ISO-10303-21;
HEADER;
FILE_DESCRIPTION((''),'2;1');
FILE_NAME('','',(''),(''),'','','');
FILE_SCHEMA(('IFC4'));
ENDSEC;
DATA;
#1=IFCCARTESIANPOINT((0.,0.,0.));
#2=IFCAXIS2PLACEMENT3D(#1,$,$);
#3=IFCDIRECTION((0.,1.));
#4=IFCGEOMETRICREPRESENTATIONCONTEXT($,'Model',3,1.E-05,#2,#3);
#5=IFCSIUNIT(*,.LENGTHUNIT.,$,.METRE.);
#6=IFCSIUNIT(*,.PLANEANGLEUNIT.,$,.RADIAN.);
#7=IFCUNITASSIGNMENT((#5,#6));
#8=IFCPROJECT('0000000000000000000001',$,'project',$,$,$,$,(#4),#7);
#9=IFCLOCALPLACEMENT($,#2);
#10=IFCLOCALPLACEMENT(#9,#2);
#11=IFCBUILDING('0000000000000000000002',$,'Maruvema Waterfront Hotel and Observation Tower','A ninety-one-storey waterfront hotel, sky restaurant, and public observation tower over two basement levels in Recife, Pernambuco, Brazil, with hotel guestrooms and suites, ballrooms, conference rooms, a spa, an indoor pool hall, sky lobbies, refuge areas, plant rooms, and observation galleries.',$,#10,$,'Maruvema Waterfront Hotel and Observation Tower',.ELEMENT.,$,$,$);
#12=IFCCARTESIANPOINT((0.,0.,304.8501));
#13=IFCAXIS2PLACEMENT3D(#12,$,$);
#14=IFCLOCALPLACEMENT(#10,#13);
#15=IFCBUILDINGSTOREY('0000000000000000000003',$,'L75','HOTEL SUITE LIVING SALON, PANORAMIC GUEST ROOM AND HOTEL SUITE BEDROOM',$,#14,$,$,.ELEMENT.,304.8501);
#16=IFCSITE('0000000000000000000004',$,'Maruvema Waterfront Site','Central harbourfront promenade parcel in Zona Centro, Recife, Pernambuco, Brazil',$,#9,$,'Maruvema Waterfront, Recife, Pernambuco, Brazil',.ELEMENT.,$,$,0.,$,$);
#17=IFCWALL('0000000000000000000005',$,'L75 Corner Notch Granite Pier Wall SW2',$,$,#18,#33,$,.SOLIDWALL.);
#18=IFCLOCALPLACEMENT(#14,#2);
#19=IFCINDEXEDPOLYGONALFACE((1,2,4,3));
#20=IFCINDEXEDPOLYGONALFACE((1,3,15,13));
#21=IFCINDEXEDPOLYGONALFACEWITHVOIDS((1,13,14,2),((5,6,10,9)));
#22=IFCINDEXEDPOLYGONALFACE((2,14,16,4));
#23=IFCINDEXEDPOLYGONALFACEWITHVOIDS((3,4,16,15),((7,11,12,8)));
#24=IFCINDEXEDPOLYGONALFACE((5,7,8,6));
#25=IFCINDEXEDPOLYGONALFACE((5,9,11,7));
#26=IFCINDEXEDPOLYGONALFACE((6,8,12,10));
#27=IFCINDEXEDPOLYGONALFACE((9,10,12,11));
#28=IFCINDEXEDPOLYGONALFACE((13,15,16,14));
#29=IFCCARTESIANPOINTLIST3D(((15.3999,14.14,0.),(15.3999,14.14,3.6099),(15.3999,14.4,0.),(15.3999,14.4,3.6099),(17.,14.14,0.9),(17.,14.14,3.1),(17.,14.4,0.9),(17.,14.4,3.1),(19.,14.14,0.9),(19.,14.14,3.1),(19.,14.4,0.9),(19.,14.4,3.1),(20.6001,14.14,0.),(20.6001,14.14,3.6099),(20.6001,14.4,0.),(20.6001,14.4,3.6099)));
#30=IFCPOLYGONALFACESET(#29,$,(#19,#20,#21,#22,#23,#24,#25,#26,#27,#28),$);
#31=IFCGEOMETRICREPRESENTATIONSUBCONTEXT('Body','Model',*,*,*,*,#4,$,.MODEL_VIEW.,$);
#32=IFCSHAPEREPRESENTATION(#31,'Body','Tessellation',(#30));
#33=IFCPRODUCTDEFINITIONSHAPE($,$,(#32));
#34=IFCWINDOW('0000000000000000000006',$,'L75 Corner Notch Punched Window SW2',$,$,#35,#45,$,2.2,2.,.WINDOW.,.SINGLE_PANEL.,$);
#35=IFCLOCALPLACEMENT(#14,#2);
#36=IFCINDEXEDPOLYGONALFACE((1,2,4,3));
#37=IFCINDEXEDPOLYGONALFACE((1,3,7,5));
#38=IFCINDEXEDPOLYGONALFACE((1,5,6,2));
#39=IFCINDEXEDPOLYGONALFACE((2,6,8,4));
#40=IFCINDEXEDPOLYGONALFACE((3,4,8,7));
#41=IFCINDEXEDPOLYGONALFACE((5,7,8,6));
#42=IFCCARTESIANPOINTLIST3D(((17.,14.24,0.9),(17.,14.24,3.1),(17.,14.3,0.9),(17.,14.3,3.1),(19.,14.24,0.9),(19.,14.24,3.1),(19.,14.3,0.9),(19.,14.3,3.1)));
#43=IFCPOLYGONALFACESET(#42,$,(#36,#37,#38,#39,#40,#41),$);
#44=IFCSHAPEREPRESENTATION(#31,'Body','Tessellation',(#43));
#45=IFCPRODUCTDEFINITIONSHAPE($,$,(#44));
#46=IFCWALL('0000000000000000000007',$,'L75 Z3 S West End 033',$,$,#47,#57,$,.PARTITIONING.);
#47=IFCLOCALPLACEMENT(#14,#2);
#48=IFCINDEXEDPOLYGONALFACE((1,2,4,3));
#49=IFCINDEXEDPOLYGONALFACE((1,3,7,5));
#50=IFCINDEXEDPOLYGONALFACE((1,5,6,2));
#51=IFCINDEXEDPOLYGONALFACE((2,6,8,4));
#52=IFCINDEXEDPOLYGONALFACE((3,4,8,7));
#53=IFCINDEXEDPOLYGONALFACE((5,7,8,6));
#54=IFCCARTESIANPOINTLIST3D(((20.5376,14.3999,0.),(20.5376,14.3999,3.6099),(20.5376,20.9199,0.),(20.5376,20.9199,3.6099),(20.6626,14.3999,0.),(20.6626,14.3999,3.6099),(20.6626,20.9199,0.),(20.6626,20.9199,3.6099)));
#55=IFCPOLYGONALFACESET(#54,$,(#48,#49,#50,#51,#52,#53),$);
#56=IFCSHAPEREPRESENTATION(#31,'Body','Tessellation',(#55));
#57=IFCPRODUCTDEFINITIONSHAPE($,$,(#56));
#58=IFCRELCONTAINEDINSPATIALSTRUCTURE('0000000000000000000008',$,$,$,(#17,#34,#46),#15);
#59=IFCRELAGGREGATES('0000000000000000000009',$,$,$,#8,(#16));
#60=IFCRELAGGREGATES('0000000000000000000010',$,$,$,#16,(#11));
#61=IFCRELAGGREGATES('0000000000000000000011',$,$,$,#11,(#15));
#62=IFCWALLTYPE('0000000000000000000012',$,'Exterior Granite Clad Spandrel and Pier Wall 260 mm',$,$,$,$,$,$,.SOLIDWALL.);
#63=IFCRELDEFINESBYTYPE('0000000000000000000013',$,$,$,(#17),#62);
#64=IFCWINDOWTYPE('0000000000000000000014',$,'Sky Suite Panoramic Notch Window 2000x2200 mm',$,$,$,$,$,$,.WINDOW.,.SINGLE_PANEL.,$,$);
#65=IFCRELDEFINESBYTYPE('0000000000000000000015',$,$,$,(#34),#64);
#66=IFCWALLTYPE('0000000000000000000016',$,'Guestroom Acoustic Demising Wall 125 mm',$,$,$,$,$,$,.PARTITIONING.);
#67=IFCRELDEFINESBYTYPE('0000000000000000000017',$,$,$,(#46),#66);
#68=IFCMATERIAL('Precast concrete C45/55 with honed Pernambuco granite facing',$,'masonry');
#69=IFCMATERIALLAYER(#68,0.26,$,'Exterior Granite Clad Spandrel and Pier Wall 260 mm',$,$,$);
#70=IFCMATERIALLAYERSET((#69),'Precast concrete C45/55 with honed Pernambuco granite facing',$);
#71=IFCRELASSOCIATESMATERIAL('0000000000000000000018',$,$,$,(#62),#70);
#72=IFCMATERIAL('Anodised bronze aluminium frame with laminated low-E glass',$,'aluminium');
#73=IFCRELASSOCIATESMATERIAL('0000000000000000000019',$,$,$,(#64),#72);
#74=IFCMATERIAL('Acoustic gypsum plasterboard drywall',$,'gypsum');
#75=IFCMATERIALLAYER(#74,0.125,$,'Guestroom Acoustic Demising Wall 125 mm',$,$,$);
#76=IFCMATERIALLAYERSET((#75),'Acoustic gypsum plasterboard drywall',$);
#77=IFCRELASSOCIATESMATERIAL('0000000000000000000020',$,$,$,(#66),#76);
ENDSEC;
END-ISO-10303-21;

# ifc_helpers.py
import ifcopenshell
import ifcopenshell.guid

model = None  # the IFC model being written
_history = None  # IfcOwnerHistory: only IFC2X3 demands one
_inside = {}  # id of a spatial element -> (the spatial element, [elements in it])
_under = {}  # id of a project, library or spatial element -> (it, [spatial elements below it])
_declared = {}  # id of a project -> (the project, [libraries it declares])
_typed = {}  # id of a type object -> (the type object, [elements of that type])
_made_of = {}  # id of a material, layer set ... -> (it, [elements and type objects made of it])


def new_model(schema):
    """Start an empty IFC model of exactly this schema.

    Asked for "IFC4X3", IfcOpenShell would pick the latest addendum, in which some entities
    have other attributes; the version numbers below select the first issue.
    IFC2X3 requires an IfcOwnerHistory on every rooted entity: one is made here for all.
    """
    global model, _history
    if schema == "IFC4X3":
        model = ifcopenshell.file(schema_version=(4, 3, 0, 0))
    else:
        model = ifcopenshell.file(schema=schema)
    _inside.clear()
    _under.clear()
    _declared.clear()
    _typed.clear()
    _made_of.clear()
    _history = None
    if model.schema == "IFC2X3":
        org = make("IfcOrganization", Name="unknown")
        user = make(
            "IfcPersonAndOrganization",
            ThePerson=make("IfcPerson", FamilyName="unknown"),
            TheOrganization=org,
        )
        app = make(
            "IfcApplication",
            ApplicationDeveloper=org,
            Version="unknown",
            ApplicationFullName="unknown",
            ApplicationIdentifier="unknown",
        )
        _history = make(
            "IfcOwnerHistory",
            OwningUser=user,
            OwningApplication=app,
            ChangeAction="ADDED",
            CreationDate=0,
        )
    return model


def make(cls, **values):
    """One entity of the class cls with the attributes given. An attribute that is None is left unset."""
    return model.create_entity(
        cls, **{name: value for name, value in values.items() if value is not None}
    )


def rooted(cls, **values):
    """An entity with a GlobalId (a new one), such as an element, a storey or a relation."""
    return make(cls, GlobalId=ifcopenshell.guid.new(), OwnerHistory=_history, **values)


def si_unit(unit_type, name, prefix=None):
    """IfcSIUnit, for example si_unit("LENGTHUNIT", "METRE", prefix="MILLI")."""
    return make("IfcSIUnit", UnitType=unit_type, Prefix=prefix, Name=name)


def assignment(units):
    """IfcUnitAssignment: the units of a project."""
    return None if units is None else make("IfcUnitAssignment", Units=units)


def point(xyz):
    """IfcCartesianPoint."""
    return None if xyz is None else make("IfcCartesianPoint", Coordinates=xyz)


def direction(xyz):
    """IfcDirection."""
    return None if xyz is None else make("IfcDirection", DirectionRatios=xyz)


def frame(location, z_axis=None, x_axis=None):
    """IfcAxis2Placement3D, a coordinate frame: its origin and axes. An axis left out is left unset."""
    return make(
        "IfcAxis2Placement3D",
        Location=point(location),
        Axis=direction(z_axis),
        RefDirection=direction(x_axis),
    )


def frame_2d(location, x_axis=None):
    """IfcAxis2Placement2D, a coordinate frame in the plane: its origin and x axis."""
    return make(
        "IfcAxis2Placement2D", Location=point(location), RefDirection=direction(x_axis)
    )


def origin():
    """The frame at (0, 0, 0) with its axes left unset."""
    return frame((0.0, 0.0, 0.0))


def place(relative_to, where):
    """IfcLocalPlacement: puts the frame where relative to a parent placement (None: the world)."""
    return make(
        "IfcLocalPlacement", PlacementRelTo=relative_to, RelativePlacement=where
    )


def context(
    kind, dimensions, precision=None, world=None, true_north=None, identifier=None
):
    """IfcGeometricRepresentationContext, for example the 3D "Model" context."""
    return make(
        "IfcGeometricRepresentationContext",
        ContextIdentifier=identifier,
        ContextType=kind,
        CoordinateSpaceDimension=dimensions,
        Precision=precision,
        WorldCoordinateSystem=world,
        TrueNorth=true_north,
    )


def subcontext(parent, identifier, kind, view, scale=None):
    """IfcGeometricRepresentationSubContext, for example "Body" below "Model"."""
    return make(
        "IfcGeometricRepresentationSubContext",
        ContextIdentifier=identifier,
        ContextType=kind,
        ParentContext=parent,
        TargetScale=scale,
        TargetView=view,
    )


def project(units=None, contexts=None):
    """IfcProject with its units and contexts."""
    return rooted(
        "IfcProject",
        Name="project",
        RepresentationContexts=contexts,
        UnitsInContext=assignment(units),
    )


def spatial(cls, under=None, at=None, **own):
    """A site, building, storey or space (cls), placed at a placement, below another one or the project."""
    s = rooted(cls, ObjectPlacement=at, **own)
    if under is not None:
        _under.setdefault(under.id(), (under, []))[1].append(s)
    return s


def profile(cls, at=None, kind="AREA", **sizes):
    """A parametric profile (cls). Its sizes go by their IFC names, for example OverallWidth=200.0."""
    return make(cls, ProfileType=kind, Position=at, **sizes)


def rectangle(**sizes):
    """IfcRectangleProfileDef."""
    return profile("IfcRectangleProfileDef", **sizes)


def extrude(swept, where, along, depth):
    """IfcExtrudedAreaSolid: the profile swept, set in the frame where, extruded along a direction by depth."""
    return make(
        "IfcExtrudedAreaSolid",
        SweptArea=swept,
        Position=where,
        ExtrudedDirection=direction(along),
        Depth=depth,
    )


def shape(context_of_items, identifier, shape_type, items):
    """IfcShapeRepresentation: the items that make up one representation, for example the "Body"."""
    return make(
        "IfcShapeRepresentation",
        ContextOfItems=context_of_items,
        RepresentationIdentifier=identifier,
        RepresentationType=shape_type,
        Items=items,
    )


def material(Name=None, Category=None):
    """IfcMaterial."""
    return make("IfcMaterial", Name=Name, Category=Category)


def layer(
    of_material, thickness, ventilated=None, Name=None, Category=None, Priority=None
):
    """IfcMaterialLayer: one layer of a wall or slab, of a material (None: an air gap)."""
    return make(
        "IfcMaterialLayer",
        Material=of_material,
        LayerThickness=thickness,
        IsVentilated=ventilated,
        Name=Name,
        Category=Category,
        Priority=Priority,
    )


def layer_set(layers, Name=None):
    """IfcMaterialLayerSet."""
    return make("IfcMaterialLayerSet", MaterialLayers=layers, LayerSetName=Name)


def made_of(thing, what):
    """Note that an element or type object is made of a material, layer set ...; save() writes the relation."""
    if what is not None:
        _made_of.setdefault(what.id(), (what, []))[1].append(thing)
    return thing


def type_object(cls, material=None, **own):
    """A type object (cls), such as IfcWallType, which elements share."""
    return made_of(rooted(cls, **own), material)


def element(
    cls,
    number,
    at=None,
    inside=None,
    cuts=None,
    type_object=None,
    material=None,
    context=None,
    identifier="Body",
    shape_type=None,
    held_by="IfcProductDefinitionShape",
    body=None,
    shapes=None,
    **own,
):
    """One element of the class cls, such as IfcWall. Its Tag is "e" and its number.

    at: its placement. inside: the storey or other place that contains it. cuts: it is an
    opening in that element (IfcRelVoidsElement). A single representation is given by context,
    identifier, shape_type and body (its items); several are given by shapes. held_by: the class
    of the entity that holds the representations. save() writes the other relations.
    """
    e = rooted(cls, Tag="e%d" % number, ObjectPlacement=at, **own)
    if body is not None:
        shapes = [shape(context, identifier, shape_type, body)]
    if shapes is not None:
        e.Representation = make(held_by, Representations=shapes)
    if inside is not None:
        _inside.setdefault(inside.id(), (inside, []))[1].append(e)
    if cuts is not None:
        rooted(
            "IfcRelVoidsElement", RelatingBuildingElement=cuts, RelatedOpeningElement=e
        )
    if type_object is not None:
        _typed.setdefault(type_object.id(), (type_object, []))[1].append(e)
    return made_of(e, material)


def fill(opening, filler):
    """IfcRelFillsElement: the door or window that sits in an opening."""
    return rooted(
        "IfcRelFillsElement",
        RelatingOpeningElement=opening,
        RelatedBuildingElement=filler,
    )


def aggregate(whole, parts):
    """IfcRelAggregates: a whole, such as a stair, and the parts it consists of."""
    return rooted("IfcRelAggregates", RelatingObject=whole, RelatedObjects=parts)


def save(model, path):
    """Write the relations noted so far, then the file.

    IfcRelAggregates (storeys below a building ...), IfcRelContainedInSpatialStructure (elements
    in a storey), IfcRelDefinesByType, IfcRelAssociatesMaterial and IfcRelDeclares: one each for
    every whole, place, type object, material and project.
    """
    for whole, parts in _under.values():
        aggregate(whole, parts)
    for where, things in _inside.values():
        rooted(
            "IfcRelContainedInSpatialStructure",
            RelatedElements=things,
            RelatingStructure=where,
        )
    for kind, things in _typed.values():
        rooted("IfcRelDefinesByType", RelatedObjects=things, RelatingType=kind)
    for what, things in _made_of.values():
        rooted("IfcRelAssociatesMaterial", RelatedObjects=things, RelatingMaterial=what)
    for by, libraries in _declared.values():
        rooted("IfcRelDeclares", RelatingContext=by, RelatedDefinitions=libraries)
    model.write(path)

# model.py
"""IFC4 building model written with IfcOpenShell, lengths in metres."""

from ifc_helpers import new_model, si_unit, direction, frame, frame_2d, origin, place, context, subcontext, project, spatial, rectangle, extrude, material, layer, layer_set, type_object, element, fill, save


model = new_model("IFC4")

# Units and contexts
model_context = context("Model", 3, precision=1e-05, world=origin(), true_north=direction((0.0, 1.0)))
body_context = subcontext(model_context, "Body", "Model", "MODEL_VIEW")
ifc_project = project(units=[si_unit("LENGTHUNIT", "METRE"), si_unit("PLANEANGLEUNIT", "RADIAN")], contexts=[model_context])

# Site, building, storey
site_placement = place(None, origin())
site = spatial("IfcSite", under=ifc_project, at=site_placement, Name="Maruvema Waterfront Site", Description="Central harbourfront promenade parcel in Zona Centro, Recife, Pernambuco, Brazil", LongName="Maruvema Waterfront, Recife, Pernambuco, Brazil", CompositionType="ELEMENT", RefElevation=0.0)
building_placement = place(site_placement, origin())
building = spatial("IfcBuilding", under=site, at=building_placement, Name="Maruvema Waterfront Hotel and Observation Tower", Description="A ninety-one-storey waterfront hotel, sky restaurant, and public observation tower over two basement levels in Recife, Pernambuco, Brazil, with hotel guestrooms and suites, ballrooms, conference rooms, a spa, an indoor pool hall, sky lobbies, refuge areas, plant rooms, and observation galleries.", LongName="Maruvema Waterfront Hotel and Observation Tower", CompositionType="ELEMENT")
storey_placement = place(building_placement, frame((0.0, 0.0, 304.8501)))
storey = spatial("IfcBuildingStorey", under=building, at=storey_placement, Name="L75", Description="HOTEL SUITE LIVING SALON, PANORAMIC GUEST ROOM AND HOTEL SUITE BEDROOM", CompositionType="ELEMENT", Elevation=304.8501)

# Shared definitions
ifc_material_1 = material(Name="Precast concrete C45/55 with honed Pernambuco granite facing", Category="masonry")
ifc_layer_1 = layer(ifc_material_1, 0.26, Name="Exterior Granite Clad Spandrel and Pier Wall 260 mm")
ifc_layer_set_1 = layer_set([ifc_layer_1], Name="Precast concrete C45/55 with honed Pernambuco granite facing")
wall_type_1 = type_object("IfcWallType", Name="Exterior Granite Clad Spandrel and Pier Wall 260 mm", PredefinedType="SOLIDWALL", material=ifc_layer_set_1)

# Wall, opening, window
wall_1_placement = place(storey_placement, frame((20.6001, 14.27, 0.0), z_axis=(0.0, 0.0, 1.0), x_axis=(-1.0, 0.0, 0.0)))
wall_1 = element("IfcWall", 1, at=wall_1_placement, inside=storey, type_object=wall_type_1, Name="L75 Corner Notch Granite Pier Wall SW2", PredefinedType="SOLIDWALL", context=body_context, shape_type="SweptSolid", body=[
    extrude(rectangle(XDim=5.2002, YDim=0.26, at=frame_2d((2.6001, 0.0))), origin(), (0.0, 0.0, 1.0), 3.6099),
])
opening_placement = place(wall_1_placement, frame((1.6001, 0.0, 0.8999)))
opening = element("IfcOpeningElement", 2, at=opening_placement, cuts=wall_1, PredefinedType="OPENING", context=body_context, shape_type="SweptSolid", body=[
    extrude(rectangle(XDim=2.0, YDim=2.2, at=frame_2d((1.0, 1.1001))), frame((0.0, 0.1401, 0.0), z_axis=(0.0, -1.0, 0.0), x_axis=(1.0, 0.0, 0.0)), (0.0, 0.0, 1.0), 0.28),
])
ifc_material_2 = material(Name="Anodised bronze aluminium frame with laminated low-E glass", Category="aluminium")
window_type = type_object("IfcWindowType", Name="Sky Suite Panoramic Notch Window 2000x2200 mm", PartitioningType="SINGLE_PANEL", PredefinedType="WINDOW", material=ifc_material_2)
window_placement = place(opening_placement, origin())
window = element("IfcWindow", 3, at=window_placement, inside=storey, type_object=window_type, Name="L75 Corner Notch Punched Window SW2", OverallHeight=2.2, OverallWidth=2.0, PartitioningType="SINGLE_PANEL", PredefinedType="WINDOW", context=body_context, shape_type="SweptSolid", body=[
    extrude(rectangle(XDim=2.0, YDim=2.2, at=frame_2d((1.0, 1.1001))), frame((0.0, 0.03, 0.0), z_axis=(0.0, -1.0, 0.0), x_axis=(1.0, 0.0, 0.0)), (0.0, 0.0, 1.0), 0.0601),
])
fill(opening, window)

# Wall
ifc_material_3 = material(Name="Acoustic gypsum plasterboard drywall", Category="gypsum")
ifc_layer_2 = layer(ifc_material_3, 0.125, Name="Guestroom Acoustic Demising Wall 125 mm")
ifc_layer_set_2 = layer_set([ifc_layer_2], Name="Acoustic gypsum plasterboard drywall")
wall_type_2 = type_object("IfcWallType", Name="Guestroom Acoustic Demising Wall 125 mm", PredefinedType="PARTITIONING", material=ifc_layer_set_2)
wall_2_placement = place(storey_placement, frame((20.6001, 14.3999, 0.0), z_axis=(0.0, 0.0, 1.0), x_axis=(0.0, 1.0, 0.0)))
element("IfcWall", 4, at=wall_2_placement, inside=storey, type_object=wall_type_2, Name="L75 Z3 S West End 033", PredefinedType="PARTITIONING", context=body_context, shape_type="SweptSolid", body=[
    extrude(rectangle(XDim=6.52, YDim=0.125, at=frame_2d((3.26, 0.0))), origin(), (0.0, 0.0, 1.0), 3.6099),
])

save(model, "model.ifc")
